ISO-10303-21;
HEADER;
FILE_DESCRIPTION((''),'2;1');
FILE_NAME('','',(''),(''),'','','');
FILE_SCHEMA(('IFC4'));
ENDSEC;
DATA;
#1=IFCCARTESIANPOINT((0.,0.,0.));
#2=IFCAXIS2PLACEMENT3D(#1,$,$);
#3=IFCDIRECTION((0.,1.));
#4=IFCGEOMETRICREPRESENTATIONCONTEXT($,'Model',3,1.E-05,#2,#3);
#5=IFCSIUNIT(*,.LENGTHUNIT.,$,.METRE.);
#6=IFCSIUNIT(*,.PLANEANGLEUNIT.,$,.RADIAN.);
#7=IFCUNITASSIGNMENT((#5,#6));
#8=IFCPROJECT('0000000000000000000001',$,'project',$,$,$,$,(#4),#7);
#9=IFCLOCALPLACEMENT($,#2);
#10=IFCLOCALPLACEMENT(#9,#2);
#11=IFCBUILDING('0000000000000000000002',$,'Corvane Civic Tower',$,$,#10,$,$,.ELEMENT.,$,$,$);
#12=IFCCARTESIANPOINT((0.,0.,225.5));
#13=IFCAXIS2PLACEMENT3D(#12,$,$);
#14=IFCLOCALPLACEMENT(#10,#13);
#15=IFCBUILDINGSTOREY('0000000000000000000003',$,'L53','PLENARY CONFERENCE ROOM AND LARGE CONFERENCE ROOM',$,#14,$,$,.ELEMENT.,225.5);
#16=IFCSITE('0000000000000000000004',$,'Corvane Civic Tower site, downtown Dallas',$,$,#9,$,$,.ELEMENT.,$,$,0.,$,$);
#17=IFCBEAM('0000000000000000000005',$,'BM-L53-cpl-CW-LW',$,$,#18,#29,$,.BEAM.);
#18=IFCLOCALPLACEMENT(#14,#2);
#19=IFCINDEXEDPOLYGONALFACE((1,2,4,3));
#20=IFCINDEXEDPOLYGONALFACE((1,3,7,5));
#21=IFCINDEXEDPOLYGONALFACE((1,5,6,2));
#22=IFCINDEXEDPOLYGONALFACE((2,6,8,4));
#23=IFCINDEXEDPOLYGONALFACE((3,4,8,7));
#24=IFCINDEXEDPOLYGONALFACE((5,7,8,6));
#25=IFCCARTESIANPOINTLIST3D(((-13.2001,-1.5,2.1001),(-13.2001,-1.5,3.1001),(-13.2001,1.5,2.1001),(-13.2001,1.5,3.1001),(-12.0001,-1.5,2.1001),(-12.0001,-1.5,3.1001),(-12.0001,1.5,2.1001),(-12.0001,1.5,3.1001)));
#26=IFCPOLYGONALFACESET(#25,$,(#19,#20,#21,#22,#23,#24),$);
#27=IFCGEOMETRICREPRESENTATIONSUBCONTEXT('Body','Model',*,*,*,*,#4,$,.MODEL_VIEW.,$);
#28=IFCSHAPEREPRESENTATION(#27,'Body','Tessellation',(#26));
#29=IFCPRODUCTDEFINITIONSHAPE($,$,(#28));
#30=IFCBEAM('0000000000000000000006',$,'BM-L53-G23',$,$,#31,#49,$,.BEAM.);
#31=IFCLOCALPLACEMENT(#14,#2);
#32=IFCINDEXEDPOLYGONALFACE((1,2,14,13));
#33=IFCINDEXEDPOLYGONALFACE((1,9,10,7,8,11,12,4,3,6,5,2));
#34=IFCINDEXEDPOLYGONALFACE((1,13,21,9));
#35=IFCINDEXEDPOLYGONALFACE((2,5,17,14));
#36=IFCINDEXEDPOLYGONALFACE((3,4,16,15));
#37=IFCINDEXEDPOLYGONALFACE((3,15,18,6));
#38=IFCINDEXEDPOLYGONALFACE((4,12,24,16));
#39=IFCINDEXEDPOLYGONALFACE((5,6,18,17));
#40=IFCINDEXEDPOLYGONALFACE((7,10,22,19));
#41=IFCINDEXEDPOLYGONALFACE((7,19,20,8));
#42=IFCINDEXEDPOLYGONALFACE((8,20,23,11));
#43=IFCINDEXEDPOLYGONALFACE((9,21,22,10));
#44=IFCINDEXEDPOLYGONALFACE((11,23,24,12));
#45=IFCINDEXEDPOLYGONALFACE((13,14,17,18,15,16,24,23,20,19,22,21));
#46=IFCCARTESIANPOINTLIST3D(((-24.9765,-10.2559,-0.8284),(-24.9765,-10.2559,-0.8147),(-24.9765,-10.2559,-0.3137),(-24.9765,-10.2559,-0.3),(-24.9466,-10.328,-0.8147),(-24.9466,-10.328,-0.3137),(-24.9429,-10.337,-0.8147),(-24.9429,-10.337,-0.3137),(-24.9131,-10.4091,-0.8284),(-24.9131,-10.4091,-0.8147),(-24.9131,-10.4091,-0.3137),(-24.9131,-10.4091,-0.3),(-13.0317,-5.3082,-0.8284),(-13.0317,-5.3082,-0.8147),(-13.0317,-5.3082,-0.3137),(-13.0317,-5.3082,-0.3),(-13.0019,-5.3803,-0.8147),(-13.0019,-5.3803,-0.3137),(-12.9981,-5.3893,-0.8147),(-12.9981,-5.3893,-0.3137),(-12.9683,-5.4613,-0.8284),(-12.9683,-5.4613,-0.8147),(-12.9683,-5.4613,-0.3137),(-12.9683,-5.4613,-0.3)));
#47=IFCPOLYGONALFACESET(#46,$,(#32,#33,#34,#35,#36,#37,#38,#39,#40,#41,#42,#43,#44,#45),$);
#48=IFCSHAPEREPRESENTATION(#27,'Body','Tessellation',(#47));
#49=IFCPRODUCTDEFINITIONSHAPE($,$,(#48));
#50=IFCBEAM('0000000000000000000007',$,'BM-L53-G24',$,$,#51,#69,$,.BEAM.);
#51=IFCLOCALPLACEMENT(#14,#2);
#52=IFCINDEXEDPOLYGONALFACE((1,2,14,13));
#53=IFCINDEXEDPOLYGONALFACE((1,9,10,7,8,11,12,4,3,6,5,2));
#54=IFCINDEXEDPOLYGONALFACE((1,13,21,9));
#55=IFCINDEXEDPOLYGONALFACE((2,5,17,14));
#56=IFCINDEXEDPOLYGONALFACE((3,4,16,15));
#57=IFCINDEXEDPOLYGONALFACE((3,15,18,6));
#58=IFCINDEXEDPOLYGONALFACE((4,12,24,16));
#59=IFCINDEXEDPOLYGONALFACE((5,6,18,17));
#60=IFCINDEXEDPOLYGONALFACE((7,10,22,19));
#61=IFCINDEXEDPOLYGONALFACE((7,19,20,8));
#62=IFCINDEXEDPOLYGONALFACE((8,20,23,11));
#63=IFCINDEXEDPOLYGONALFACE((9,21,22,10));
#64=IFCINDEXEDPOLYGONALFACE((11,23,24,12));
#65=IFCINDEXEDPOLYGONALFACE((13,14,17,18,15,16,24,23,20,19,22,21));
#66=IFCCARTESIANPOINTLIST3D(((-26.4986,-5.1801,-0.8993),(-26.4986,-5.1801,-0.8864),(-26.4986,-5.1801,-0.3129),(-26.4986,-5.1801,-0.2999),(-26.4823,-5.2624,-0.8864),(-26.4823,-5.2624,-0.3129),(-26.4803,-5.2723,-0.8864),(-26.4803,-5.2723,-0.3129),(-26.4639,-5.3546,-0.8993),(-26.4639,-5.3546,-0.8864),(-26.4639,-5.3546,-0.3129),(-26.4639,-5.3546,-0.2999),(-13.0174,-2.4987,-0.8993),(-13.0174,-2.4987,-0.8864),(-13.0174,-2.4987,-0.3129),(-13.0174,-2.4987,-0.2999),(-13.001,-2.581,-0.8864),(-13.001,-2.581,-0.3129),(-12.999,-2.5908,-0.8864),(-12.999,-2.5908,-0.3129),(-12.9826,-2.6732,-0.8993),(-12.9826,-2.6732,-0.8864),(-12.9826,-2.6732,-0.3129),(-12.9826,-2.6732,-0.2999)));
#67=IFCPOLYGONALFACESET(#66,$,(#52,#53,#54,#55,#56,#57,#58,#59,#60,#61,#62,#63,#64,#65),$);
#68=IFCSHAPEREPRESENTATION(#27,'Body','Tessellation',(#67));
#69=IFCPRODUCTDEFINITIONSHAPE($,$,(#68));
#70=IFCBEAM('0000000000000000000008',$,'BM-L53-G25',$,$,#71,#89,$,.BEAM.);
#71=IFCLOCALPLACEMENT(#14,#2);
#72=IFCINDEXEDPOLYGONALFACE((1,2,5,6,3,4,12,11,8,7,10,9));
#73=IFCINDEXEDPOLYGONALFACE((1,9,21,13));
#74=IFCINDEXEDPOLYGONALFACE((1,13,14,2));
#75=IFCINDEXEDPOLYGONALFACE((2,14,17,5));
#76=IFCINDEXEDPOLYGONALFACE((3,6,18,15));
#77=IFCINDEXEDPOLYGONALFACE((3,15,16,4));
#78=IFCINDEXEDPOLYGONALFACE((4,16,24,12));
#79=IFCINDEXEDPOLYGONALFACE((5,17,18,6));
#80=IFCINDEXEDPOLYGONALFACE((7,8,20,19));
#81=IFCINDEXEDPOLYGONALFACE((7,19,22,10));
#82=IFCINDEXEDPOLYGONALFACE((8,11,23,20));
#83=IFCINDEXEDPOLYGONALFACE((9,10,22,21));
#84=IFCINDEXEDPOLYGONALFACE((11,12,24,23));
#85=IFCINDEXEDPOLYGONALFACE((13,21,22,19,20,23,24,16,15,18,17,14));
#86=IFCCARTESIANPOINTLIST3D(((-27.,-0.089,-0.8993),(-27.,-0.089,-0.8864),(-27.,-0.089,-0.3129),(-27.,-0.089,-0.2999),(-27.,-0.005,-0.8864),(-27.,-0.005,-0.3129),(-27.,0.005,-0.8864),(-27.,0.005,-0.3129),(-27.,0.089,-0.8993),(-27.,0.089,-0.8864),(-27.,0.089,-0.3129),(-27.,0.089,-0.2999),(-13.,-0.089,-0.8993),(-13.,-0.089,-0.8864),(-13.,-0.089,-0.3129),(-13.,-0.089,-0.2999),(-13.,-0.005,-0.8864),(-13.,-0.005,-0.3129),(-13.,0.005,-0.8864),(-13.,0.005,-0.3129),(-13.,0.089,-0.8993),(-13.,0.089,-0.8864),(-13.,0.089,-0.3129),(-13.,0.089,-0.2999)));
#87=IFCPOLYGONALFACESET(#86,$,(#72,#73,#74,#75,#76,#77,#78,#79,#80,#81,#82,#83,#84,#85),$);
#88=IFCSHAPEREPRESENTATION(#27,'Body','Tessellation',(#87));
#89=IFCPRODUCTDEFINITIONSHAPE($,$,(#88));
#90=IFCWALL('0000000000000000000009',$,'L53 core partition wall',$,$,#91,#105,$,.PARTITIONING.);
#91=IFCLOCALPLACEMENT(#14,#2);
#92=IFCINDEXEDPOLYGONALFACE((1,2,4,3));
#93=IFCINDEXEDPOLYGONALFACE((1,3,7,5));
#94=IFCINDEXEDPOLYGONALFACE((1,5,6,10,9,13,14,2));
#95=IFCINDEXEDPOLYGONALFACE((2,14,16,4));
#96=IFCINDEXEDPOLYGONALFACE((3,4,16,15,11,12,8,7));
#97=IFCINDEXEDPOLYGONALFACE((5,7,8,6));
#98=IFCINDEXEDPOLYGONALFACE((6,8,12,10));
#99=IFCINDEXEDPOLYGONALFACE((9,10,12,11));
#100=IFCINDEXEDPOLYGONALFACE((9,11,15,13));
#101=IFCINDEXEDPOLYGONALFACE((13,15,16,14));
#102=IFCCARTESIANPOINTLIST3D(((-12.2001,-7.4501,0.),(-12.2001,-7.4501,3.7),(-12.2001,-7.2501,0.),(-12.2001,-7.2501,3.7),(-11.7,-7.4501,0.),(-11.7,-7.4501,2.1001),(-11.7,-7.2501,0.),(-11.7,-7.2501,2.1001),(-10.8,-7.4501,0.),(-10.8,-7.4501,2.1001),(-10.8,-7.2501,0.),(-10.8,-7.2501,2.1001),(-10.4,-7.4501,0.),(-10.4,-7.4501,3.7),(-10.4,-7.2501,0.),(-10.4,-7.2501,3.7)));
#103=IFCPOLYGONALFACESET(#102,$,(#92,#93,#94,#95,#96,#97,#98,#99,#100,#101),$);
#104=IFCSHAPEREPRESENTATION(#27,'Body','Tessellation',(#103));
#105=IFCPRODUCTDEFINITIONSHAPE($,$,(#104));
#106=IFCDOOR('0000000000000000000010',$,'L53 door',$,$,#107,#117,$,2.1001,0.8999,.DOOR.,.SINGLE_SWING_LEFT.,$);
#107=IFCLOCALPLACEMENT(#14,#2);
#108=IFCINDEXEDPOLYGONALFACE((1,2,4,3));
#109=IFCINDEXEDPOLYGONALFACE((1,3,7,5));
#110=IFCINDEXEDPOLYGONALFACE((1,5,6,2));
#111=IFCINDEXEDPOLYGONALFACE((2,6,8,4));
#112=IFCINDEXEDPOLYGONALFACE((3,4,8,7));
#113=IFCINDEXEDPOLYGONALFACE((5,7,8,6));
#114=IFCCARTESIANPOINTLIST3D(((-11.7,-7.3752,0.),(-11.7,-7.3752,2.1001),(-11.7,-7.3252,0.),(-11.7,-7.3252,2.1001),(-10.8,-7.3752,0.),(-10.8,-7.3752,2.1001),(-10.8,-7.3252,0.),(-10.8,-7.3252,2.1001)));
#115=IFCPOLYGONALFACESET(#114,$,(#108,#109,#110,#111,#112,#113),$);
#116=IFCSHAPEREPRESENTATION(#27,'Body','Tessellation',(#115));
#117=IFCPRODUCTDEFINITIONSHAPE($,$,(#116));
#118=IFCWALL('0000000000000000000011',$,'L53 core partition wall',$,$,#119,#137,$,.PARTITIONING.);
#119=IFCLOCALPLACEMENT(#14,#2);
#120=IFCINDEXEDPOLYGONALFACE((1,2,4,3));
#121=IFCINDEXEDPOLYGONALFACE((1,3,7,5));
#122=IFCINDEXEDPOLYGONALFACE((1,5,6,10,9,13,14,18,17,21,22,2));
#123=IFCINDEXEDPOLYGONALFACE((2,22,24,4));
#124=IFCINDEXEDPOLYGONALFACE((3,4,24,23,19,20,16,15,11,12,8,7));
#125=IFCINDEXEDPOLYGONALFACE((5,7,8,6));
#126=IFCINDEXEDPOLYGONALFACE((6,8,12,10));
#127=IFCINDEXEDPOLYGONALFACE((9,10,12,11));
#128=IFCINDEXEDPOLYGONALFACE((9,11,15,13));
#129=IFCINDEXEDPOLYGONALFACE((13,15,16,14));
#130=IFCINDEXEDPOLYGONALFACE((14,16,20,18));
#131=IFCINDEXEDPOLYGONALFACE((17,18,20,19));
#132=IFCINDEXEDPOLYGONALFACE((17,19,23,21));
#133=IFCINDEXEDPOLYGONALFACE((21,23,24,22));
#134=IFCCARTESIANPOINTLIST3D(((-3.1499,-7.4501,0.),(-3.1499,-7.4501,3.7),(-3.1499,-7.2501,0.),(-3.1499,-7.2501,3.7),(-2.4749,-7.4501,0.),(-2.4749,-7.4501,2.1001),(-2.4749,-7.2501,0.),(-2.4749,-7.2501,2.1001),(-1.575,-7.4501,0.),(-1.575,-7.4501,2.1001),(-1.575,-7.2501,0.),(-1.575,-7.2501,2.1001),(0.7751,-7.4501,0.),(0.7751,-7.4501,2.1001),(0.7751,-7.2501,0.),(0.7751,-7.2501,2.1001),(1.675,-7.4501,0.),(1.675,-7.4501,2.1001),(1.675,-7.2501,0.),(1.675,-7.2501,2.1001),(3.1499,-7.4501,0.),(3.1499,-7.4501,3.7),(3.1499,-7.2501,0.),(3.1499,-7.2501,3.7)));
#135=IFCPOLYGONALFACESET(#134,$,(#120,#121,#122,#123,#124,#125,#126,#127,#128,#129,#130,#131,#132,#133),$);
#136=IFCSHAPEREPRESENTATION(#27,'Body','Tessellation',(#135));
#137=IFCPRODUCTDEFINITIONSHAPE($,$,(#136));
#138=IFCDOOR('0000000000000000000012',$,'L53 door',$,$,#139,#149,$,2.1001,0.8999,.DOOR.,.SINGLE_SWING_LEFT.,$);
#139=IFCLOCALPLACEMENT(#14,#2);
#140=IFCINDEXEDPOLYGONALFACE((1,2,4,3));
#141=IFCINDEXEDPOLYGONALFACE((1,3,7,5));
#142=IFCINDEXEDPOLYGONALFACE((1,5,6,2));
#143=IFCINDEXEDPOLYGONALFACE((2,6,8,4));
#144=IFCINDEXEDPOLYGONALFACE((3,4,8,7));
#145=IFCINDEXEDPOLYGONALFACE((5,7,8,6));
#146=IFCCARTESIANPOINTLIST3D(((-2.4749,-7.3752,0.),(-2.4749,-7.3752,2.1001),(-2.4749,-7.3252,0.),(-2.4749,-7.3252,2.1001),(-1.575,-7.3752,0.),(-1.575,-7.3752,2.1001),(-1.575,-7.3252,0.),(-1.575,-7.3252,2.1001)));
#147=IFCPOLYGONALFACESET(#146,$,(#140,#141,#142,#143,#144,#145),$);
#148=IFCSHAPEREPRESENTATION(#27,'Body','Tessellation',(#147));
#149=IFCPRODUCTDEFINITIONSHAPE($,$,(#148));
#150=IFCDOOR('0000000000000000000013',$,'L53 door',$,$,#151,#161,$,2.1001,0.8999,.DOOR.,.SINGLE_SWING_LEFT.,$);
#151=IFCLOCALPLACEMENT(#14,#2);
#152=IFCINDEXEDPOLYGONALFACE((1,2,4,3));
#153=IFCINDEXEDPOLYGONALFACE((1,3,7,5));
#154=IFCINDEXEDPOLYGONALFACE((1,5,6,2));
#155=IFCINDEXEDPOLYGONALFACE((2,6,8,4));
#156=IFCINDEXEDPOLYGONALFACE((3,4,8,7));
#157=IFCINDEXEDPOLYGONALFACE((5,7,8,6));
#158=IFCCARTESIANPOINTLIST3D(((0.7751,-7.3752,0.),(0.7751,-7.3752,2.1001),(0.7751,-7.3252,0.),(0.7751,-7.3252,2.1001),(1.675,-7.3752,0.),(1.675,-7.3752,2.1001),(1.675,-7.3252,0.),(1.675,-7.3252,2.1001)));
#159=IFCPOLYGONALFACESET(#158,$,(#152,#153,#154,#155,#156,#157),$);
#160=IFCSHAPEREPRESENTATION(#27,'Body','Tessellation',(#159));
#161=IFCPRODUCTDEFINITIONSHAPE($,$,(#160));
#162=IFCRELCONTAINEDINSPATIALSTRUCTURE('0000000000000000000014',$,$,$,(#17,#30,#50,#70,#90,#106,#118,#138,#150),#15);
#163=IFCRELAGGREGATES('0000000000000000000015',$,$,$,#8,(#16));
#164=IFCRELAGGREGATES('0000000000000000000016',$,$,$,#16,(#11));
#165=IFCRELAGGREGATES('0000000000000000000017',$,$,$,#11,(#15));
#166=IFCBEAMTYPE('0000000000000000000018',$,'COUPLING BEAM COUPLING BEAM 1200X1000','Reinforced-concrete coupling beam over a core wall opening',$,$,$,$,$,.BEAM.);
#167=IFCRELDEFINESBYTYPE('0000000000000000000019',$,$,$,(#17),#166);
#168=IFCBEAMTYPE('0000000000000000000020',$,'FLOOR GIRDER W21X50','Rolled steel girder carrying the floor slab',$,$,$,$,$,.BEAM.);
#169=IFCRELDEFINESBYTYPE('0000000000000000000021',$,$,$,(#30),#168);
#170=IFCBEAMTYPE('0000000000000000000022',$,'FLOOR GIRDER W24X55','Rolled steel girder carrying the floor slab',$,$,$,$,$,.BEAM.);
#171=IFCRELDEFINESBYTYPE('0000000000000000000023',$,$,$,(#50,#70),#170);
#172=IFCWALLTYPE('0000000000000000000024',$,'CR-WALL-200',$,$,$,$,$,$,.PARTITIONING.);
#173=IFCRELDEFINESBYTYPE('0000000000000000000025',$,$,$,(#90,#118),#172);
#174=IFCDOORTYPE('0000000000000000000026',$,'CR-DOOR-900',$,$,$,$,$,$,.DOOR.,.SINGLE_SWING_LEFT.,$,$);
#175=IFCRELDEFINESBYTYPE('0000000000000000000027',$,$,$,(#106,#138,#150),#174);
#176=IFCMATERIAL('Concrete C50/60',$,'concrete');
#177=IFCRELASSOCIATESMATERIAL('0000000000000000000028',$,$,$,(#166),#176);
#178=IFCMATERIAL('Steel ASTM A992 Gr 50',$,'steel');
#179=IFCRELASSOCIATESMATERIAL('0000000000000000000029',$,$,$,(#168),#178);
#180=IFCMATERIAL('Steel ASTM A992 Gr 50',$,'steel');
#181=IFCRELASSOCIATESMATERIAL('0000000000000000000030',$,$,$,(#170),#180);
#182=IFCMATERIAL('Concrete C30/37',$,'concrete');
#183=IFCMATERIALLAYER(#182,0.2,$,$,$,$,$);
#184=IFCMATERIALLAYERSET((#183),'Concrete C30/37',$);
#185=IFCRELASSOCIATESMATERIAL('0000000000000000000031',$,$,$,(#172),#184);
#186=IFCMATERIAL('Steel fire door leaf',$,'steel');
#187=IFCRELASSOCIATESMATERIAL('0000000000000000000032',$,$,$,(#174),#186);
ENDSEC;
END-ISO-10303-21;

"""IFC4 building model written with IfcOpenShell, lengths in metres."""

from ifc_helpers import new_model, si_unit, direction, frame, frame_2d, origin, origin_2d, place, context, subcontext, project, spatial, rectangle, i_section, extrude, material, layer, layer_set, material_profile, profile_set, type_object, element, fill, save


model = new_model("IFC4")

# Units and contexts
model_context = context("Model", 3, precision=1e-05, world=origin(), true_north=direction((0.0, 1.0)))
body_context = subcontext(model_context, "Body", "Model", "MODEL_VIEW")
ifc_project = project(units=[si_unit("LENGTHUNIT", "METRE"), si_unit("PLANEANGLEUNIT", "RADIAN")], contexts=[model_context])

# Site, building, storey
site_placement = place(None, origin())
site = spatial("IfcSite", under=ifc_project, at=site_placement, Name="Corvane Civic Tower site, downtown Dallas", CompositionType="ELEMENT", RefElevation=0.0)
building_placement = place(site_placement, origin())
building = spatial("IfcBuilding", under=site, at=building_placement, Name="Corvane Civic Tower", CompositionType="ELEMENT")
storey_placement = place(building_placement, frame((0.0, 0.0, 225.5)))
storey = spatial("IfcBuildingStorey", under=building, at=storey_placement, Name="L53", Description="PLENARY CONFERENCE ROOM AND LARGE CONFERENCE ROOM", CompositionType="ELEMENT", Elevation=225.5)

# Beams
ifc_material_1 = material(Name="Concrete C50/60", Category="concrete")
ifc_material_profile_1 = material_profile(ifc_material_1, rectangle(XDim=1.2, YDim=1.0, at=origin_2d()), Name="COUPLING BEAM 1200X1000")
ifc_profile_set_1 = profile_set([ifc_material_profile_1], Name="Concrete C50/60")
beam_type_1 = type_object("IfcBeamType", Name="COUPLING BEAM COUPLING BEAM 1200X1000", Description="Reinforced-concrete coupling beam over a core wall opening", PredefinedType="BEAM", material=ifc_profile_set_1)
beam_1_placement = place(storey_placement, frame((-12.6001, -1.5, 2.6001), z_axis=(0.0, 1.0, 0.0), x_axis=(-1.0, 0.0, 0.0)))
element("IfcBeam", 1, at=beam_1_placement, inside=storey, type_object=beam_type_1, Name="BM-L53-cpl-CW-LW", PredefinedType="BEAM", context=body_context, shape_type="SweptSolid", body=[
    extrude(rectangle(XDim=1.2, YDim=1.0, at=origin_2d()), origin(), (0.0, 0.0, 1.0), 3.0),
])
ifc_material_2 = material(Name="Steel ASTM A992 Gr 50", Category="steel")
ifc_material_profile_2 = material_profile(ifc_material_2, i_section(OverallWidth=0.1658, OverallDepth=0.5283, WebThickness=0.0098, FlangeThickness=0.0137, at=origin_2d()), Name="W21X50")
ifc_profile_set_2 = profile_set([ifc_material_profile_2], Name="Steel ASTM A992 Gr 50")
beam_type_2 = type_object("IfcBeamType", Name="FLOOR GIRDER W21X50", Description="Rolled steel girder carrying the floor slab", PredefinedType="BEAM", material=ifc_profile_set_2)
beam_2_placement = place(storey_placement, frame((-13.0, -5.3848, -0.5642), z_axis=(-0.923878, -0.382686, 0.0), x_axis=(0.382686, -0.923878, 0.0)))
element("IfcBeam", 2, at=beam_2_placement, inside=storey, type_object=beam_type_2, Name="BM-L53-G23", PredefinedType="BEAM", context=body_context, shape_type="SweptSolid", body=[
    extrude(i_section(OverallWidth=0.1658, OverallDepth=0.5283, WebThickness=0.0098, FlangeThickness=0.0137, at=origin_2d()), origin(), (0.0, 0.0, 1.0), 12.929),
])
ifc_material_3 = material(Name="Steel ASTM A992 Gr 50", Category="steel")
ifc_material_profile_3 = material_profile(ifc_material_3, i_section(OverallWidth=0.178, OverallDepth=0.5994, WebThickness=0.01, FlangeThickness=0.0129, at=origin_2d()), Name="W24X55")
ifc_profile_set_3 = profile_set([ifc_material_profile_3], Name="Steel ASTM A992 Gr 50")
beam_type_3 = type_object("IfcBeamType", Name="FLOOR GIRDER W24X55", Description="Rolled steel girder carrying the floor slab", PredefinedType="BEAM", material=ifc_profile_set_3)
beam_3_placement = place(storey_placement, frame((-13.0, -2.5859, -0.5996), z_axis=(-0.980788, -0.195078, 0.0), x_axis=(0.195078, -0.980788, 0.0)))
element("IfcBeam", 3, at=beam_3_placement, inside=storey, type_object=beam_type_3, Name="BM-L53-G24", PredefinedType="BEAM", context=body_context, shape_type="SweptSolid", body=[
    extrude(i_section(OverallWidth=0.178, OverallDepth=0.5994, WebThickness=0.01, FlangeThickness=0.0129, at=origin_2d()), origin(), (0.0, 0.0, 1.0), 13.7454),
])
beam_4_placement = place(storey_placement, frame((-13.0, 0.0, -0.5996), z_axis=(-1.0, 0.0, 0.0), x_axis=(0.0, -1.0, 0.0)))
element("IfcBeam", 4, at=beam_4_placement, inside=storey, type_object=beam_type_3, Name="BM-L53-G25", PredefinedType="BEAM", context=body_context, shape_type="SweptSolid", body=[
    extrude(i_section(OverallWidth=0.178, OverallDepth=0.5994, WebThickness=0.01, FlangeThickness=0.0129, at=origin_2d()), origin(), (0.0, 0.0, 1.0), 14.0),
])

# Wall, opening, door
ifc_material_4 = material(Name="Concrete C30/37", Category="concrete")
ifc_layer_1 = layer(ifc_material_4, 0.2)
ifc_layer_set_1 = layer_set([ifc_layer_1], Name="Concrete C30/37")
wall_type_1 = type_object("IfcWallType", Name="CR-WALL-200", PredefinedType="PARTITIONING", material=ifc_layer_set_1)
wall_1_placement = place(storey_placement, frame((-12.2, -7.3501, 0.0), z_axis=(0.0, 0.0, 1.0), x_axis=(1.0, 0.0, 0.0)))
wall_1 = element("IfcWall", 5, at=wall_1_placement, inside=storey, type_object=wall_type_1, Name="L53 core partition wall", PredefinedType="PARTITIONING", context=body_context, shape_type="SweptSolid", body=[
    extrude(rectangle(XDim=1.8, YDim=0.2, at=frame_2d((0.8999, 0.0))), origin(), (0.0, 0.0, 1.0), 3.7),
])
opening_1_placement = place(wall_1_placement, frame((0.5, 0.0, 0.0)))
opening_1 = element("IfcOpeningElement", 6, at=opening_1_placement, cuts=wall_1, PredefinedType="OPENING", context=body_context, shape_type="SweptSolid", body=[
    extrude(rectangle(XDim=0.8999, YDim=2.1001, at=frame_2d((0.45, 1.05))), frame((0.0, 0.1099, 0.0), z_axis=(0.0, -1.0, 0.0), x_axis=(1.0, 0.0, 0.0)), (0.0, 0.0, 1.0), 0.22),
])
ifc_material_5 = material(Name="Steel fire door leaf", Category="steel")
door_type_1 = type_object("IfcDoorType", Name="CR-DOOR-900", OperationType="SINGLE_SWING_LEFT", PredefinedType="DOOR", material=ifc_material_5)
door_1_placement = place(opening_1_placement, origin())
door_1 = element("IfcDoor", 7, at=door_1_placement, inside=storey, type_object=door_type_1, Name="L53 door", OperationType="SINGLE_SWING_LEFT", OverallHeight=2.1001, OverallWidth=0.8999, PredefinedType="DOOR", context=body_context, shape_type="SweptSolid", body=[
    extrude(rectangle(XDim=0.8999, YDim=2.1001, at=frame_2d((0.45, 1.05))), frame((0.0, 0.0249, 0.0), z_axis=(0.0, -1.0, 0.0), x_axis=(1.0, 0.0, 0.0)), (0.0, 0.0, 1.0), 0.05),
])
fill(opening_1, door_1)

# Wall, openings, doors
wall_2_placement = place(storey_placement, frame((-3.1499, -7.3501, 0.0), z_axis=(0.0, 0.0, 1.0), x_axis=(1.0, 0.0, 0.0)))
wall_2 = element("IfcWall", 8, at=wall_2_placement, inside=storey, type_object=wall_type_1, Name="L53 core partition wall", PredefinedType="PARTITIONING", context=body_context, shape_type="SweptSolid", body=[
    extrude(rectangle(XDim=6.2998, YDim=0.2, at=frame_2d((3.1499, 0.0))), origin(), (0.0, 0.0, 1.0), 3.7),
])
opening_2_placement = place(wall_2_placement, frame((0.675, 0.0, 0.0)))
opening_2 = element("IfcOpeningElement", 9, at=opening_2_placement, cuts=wall_2, PredefinedType="OPENING", context=body_context, shape_type="SweptSolid", body=[
    extrude(rectangle(XDim=0.8999, YDim=2.1001, at=frame_2d((0.45, 1.05))), frame((0.0, 0.1099, 0.0), z_axis=(0.0, -1.0, 0.0), x_axis=(1.0, 0.0, 0.0)), (0.0, 0.0, 1.0), 0.22),
])
opening_3_placement = place(wall_2_placement, frame((3.925, 0.0, 0.0)))
opening_3 = element("IfcOpeningElement", 10, at=opening_3_placement, cuts=wall_2, PredefinedType="OPENING", context=body_context, shape_type="SweptSolid", body=[
    extrude(rectangle(XDim=0.8999, YDim=2.1001, at=frame_2d((0.45, 1.05))), frame((0.0, 0.1099, 0.0), z_axis=(0.0, -1.0, 0.0), x_axis=(1.0, 0.0, 0.0)), (0.0, 0.0, 1.0), 0.22),
])
door_2_placement = place(opening_2_placement, origin())
door_2 = element("IfcDoor", 11, at=door_2_placement, inside=storey, type_object=door_type_1, Name="L53 door", OperationType="SINGLE_SWING_LEFT", OverallHeight=2.1001, OverallWidth=0.8999, PredefinedType="DOOR", context=body_context, shape_type="SweptSolid", body=[
    extrude(rectangle(XDim=0.8999, YDim=2.1001, at=frame_2d((0.45, 1.05))), frame((0.0, 0.0249, 0.0), z_axis=(0.0, -1.0, 0.0), x_axis=(1.0, 0.0, 0.0)), (0.0, 0.0, 1.0), 0.05),
])
fill(opening_2, door_2)
door_3_placement = place(opening_3_placement, origin())
door_3 = element("IfcDoor", 12, at=door_3_placement, inside=storey, type_object=door_type_1, Name="L53 door", OperationType="SINGLE_SWING_LEFT", OverallHeight=2.1001, OverallWidth=0.8999, PredefinedType="DOOR", context=body_context, shape_type="SweptSolid", body=[
    extrude(rectangle(XDim=0.8999, YDim=2.1001, at=frame_2d((0.45, 1.05))), frame((0.0, 0.0249, 0.0), z_axis=(0.0, -1.0, 0.0), x_axis=(1.0, 0.0, 0.0)), (0.0, 0.0, 1.0), 0.05),
])
fill(opening_3, door_3)

save(model, "model.ifc")
